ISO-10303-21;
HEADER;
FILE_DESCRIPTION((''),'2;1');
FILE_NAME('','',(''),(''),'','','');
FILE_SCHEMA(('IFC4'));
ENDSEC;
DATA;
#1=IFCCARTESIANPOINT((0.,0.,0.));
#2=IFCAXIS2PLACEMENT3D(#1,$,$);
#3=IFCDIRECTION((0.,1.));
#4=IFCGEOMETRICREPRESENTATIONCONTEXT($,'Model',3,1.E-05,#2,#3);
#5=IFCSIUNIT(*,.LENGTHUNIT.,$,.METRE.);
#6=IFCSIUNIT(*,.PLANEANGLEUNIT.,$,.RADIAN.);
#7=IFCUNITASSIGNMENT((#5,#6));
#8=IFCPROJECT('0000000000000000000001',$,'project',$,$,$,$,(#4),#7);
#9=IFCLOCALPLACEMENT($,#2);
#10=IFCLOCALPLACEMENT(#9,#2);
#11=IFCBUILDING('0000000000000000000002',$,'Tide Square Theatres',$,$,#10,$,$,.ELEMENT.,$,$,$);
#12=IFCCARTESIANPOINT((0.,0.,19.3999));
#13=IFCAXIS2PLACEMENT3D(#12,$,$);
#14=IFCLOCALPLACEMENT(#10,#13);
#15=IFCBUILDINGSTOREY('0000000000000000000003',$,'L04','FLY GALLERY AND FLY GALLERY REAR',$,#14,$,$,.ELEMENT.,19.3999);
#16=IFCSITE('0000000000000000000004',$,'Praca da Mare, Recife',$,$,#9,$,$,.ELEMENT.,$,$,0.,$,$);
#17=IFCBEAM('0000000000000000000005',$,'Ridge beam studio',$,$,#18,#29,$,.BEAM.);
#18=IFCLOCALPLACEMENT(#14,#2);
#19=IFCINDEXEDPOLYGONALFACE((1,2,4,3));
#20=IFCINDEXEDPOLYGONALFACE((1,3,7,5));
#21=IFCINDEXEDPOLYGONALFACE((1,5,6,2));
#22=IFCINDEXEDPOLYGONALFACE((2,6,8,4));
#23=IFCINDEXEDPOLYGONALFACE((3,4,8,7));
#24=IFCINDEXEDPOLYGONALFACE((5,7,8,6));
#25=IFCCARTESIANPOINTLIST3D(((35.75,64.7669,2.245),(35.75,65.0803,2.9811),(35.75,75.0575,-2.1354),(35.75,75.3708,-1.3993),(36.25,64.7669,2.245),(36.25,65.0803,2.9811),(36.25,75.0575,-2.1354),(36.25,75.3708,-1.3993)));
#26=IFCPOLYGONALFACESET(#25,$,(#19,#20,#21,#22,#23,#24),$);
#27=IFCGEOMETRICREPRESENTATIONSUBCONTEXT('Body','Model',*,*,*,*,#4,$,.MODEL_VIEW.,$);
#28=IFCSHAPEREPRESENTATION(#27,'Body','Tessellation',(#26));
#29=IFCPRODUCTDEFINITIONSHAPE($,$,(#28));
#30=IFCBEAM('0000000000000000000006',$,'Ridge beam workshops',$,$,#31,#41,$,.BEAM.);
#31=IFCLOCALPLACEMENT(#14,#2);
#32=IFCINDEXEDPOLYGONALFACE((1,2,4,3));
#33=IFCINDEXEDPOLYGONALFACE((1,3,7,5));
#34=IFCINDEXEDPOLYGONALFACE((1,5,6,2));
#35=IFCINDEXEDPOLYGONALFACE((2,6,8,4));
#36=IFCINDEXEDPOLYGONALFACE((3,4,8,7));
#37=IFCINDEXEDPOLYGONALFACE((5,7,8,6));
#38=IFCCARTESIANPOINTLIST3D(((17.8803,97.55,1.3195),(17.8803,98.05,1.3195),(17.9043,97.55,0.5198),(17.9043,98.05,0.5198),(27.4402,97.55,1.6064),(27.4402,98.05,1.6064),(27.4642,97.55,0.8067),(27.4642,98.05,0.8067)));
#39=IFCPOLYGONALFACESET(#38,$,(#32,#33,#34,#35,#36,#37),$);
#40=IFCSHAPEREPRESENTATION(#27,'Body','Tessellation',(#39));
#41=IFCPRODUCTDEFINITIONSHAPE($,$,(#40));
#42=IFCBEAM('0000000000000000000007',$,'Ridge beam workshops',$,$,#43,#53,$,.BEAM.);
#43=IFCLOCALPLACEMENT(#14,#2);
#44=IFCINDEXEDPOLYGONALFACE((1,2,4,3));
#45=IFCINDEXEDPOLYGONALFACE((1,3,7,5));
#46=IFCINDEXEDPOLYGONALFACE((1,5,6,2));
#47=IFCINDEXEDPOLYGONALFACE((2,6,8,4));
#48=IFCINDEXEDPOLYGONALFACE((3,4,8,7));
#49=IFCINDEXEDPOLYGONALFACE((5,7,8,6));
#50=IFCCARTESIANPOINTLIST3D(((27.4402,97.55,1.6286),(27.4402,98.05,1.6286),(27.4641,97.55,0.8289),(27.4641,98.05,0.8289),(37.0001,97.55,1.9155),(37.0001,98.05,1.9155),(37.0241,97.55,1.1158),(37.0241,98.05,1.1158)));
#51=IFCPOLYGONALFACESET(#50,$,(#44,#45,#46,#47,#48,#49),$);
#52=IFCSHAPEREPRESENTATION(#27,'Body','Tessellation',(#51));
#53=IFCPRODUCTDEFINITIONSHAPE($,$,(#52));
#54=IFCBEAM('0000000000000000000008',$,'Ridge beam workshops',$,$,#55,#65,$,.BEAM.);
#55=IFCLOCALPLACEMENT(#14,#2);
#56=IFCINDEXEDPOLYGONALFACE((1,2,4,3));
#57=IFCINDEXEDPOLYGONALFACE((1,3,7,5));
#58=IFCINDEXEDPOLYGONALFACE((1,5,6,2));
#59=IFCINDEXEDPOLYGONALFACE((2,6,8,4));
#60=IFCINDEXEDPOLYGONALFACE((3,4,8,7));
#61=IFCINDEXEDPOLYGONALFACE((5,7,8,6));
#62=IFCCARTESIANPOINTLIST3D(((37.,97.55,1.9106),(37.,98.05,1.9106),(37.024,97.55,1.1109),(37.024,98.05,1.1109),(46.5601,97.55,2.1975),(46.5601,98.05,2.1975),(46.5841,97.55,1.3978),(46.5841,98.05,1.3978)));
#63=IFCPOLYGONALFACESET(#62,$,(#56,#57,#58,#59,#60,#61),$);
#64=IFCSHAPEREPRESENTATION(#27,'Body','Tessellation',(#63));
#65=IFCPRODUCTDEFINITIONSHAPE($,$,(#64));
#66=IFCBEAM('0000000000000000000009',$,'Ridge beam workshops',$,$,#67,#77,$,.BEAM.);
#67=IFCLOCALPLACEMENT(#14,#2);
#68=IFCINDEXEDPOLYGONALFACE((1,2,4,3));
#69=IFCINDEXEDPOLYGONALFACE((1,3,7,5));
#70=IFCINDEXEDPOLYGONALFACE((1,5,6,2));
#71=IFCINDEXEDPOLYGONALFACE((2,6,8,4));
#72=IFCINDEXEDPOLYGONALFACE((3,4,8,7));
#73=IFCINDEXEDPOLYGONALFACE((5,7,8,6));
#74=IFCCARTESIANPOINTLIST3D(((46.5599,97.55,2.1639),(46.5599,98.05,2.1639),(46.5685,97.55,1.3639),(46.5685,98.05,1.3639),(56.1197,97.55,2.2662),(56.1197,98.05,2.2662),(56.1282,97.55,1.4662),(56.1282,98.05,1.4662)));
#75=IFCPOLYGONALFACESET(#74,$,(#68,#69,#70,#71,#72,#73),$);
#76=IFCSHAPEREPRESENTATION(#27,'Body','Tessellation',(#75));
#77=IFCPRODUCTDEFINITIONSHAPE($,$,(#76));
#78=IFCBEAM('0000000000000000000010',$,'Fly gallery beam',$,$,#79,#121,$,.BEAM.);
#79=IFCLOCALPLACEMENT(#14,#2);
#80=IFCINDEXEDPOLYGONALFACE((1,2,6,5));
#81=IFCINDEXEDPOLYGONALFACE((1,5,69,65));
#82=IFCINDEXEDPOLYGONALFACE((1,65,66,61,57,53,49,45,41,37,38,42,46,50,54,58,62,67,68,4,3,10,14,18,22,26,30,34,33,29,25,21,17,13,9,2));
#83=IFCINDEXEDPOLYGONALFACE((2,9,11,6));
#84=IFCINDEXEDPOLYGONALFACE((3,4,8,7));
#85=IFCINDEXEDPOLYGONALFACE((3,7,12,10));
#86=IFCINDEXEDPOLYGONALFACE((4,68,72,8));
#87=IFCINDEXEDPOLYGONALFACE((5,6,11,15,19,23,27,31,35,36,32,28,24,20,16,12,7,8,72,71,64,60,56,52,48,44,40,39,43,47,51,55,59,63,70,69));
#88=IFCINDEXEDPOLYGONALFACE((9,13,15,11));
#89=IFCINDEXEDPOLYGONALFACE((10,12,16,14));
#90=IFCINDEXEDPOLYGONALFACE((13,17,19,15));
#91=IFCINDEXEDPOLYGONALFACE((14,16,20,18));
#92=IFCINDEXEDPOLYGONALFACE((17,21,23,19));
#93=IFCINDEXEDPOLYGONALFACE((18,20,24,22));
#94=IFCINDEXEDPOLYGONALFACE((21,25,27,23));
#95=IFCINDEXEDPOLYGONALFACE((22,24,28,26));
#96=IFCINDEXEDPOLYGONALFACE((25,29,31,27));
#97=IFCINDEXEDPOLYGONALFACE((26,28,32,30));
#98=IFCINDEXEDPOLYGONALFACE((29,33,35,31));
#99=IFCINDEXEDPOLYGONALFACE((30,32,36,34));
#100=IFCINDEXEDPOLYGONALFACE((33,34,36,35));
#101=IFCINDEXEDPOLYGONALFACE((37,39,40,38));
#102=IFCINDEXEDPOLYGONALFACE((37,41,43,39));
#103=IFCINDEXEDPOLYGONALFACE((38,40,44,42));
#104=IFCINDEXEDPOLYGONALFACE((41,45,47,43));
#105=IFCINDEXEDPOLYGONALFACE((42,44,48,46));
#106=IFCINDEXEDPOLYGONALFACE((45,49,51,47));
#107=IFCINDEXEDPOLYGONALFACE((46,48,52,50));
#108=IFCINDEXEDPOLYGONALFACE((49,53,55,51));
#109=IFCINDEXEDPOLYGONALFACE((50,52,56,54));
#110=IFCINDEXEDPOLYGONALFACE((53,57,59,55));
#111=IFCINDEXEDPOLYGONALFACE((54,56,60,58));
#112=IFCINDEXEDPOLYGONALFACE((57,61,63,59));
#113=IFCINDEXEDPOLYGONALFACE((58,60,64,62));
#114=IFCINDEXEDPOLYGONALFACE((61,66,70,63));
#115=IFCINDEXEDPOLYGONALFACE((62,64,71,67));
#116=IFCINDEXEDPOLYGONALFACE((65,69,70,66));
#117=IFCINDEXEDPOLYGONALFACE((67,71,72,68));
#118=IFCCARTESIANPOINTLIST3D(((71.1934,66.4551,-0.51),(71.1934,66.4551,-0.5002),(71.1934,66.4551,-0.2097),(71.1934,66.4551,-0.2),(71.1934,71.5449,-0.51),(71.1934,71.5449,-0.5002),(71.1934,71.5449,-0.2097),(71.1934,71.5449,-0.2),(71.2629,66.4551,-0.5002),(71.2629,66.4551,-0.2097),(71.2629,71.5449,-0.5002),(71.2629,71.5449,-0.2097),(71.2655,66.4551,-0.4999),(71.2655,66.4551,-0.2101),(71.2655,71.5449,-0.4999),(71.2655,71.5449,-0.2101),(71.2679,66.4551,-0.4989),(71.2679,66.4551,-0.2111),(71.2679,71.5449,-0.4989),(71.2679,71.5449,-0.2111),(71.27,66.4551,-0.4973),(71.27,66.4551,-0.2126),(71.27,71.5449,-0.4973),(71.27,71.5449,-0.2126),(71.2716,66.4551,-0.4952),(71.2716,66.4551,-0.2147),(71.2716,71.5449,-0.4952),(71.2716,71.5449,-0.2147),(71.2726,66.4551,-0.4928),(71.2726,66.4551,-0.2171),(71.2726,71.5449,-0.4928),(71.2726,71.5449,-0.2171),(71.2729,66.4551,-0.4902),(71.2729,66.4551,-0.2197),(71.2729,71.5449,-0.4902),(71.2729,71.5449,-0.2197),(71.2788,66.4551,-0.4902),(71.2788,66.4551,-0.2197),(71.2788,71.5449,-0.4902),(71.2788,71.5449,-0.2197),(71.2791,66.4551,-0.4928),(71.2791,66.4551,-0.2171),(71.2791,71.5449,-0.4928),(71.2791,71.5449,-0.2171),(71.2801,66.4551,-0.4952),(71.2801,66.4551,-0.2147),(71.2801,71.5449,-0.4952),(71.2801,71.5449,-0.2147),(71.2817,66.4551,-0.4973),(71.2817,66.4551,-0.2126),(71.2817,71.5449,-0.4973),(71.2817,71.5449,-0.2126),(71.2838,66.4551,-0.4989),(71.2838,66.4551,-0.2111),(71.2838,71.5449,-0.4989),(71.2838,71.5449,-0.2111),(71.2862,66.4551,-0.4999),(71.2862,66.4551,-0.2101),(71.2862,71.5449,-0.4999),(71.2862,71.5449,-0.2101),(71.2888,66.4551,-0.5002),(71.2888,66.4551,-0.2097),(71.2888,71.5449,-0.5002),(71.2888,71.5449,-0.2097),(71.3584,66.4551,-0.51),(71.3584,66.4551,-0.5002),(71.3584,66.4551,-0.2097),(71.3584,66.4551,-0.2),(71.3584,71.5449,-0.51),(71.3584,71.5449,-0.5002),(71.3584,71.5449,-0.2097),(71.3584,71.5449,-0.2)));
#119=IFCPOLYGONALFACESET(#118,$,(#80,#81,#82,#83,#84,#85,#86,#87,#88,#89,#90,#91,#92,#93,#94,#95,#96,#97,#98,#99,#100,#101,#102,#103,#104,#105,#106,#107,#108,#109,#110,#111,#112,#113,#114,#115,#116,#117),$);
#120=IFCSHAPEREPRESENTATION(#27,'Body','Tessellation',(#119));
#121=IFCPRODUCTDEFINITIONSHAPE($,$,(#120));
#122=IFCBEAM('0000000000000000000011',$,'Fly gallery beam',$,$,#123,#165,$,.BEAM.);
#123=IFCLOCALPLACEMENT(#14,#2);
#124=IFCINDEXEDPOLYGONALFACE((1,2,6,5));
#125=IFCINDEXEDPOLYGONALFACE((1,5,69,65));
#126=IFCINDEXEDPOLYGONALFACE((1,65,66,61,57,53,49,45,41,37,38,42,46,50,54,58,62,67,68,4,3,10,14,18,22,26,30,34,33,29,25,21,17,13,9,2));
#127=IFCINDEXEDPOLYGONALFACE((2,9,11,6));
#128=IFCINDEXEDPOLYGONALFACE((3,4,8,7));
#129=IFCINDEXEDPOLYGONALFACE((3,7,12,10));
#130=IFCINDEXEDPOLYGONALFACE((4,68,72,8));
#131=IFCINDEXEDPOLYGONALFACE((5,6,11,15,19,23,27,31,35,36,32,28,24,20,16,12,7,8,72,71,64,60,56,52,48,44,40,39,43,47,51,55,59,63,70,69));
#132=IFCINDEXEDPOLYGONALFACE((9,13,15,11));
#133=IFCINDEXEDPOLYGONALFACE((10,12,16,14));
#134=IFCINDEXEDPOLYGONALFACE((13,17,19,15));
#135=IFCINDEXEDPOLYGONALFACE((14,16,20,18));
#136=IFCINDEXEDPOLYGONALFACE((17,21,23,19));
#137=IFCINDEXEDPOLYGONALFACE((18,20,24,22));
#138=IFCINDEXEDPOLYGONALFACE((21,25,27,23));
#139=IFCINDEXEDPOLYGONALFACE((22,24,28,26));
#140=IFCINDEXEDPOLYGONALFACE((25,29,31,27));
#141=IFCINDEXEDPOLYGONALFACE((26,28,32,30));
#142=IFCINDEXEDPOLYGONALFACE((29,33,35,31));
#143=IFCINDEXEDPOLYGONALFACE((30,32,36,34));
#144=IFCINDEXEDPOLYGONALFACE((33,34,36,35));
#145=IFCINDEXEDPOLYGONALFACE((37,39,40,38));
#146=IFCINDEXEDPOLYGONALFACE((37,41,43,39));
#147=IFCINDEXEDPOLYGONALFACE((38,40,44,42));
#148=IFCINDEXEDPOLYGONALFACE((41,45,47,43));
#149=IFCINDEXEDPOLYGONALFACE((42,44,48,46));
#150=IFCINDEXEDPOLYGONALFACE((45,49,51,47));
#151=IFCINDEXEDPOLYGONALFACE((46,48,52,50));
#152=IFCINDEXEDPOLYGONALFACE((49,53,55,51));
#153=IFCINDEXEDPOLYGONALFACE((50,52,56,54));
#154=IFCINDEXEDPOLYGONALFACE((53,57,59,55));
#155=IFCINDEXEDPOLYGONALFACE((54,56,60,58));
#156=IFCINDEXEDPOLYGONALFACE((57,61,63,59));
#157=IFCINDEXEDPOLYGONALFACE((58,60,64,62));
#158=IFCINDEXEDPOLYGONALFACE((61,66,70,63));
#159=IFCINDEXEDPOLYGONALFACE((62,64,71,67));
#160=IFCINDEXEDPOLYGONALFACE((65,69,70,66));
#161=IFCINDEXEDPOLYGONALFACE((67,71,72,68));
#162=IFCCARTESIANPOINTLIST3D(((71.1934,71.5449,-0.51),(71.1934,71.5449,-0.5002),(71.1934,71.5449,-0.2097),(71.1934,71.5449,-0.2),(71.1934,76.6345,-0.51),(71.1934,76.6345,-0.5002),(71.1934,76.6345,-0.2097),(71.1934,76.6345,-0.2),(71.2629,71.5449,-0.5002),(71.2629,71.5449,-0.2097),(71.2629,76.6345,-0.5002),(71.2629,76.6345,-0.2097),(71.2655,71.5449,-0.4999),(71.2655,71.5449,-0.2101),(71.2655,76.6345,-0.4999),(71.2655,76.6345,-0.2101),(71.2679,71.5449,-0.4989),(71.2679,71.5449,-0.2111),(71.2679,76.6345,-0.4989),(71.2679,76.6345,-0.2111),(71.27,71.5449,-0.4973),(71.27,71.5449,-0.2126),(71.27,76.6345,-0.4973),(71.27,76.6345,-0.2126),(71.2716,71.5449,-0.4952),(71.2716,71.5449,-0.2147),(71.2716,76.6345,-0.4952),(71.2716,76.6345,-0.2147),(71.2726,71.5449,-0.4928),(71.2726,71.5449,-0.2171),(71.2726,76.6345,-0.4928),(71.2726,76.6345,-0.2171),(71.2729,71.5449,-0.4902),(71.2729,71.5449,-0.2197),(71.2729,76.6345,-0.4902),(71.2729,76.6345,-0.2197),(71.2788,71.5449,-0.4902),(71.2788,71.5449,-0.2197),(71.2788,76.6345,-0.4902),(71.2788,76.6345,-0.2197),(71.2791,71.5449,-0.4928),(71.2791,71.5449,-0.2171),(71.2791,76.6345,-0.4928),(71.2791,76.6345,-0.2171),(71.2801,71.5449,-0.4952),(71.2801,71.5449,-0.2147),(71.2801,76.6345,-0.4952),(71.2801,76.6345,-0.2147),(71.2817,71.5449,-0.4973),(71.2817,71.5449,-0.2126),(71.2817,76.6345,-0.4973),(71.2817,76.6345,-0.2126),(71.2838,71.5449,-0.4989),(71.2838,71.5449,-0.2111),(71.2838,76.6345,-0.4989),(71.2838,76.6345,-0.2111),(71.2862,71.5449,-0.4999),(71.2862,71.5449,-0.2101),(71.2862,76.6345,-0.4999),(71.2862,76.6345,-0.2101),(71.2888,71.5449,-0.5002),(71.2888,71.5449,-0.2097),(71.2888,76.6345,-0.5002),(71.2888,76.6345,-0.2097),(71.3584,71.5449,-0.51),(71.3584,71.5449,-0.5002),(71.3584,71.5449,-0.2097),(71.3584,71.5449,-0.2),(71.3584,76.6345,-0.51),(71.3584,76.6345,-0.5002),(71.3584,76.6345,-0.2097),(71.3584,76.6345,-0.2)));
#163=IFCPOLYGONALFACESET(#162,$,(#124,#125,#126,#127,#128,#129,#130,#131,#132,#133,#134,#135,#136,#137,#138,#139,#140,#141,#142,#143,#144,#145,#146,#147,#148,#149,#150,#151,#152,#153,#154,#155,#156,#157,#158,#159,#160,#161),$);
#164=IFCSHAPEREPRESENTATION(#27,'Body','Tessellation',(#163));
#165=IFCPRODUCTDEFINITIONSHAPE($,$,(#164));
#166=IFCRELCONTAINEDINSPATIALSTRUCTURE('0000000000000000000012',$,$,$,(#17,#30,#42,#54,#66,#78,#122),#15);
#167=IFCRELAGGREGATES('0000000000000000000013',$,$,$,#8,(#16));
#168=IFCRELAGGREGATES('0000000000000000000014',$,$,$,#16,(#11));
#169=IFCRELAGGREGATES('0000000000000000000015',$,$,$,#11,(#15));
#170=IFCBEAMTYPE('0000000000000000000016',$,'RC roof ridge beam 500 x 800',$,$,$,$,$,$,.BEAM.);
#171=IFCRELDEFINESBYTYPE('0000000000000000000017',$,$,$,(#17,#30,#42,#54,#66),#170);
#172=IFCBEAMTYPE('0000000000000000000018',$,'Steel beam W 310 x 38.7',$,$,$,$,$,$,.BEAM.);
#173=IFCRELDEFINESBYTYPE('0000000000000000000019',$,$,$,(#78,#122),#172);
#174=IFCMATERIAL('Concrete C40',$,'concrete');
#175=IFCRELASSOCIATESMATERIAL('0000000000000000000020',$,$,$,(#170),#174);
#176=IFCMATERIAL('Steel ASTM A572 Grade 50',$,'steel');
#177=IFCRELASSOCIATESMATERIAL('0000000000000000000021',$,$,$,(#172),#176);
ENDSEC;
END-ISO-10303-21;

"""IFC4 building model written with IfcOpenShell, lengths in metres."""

from ifc_helpers import new_model, si_unit, direction, frame, origin, origin_2d, place, context, subcontext, project, spatial, rectangle, i_section, extrude, material, material_profile, profile_set, type_object, element, save


model = new_model("IFC4")

# Units and contexts
model_context = context("Model", 3, precision=1e-05, world=origin(), true_north=direction((0.0, 1.0)))
body_context = subcontext(model_context, "Body", "Model", "MODEL_VIEW")
ifc_project = project(units=[si_unit("LENGTHUNIT", "METRE"), si_unit("PLANEANGLEUNIT", "RADIAN")], contexts=[model_context])

# Site, building, storey
site_placement = place(None, origin())
site = spatial("IfcSite", under=ifc_project, at=site_placement, Name="Praca da Mare, Recife", CompositionType="ELEMENT", RefElevation=0.0)
building_placement = place(site_placement, origin())
building = spatial("IfcBuilding", under=site, at=building_placement, Name="Tide Square Theatres", CompositionType="ELEMENT")
storey_placement = place(building_placement, frame((0.0, 0.0, 19.3999)))
storey = spatial("IfcBuildingStorey", under=building, at=storey_placement, Name="L04", Description="FLY GALLERY AND FLY GALLERY REAR", CompositionType="ELEMENT", Elevation=19.3999)

# Beams
ifc_material_1 = material(Name="Concrete C40", Category="concrete")
ifc_material_profile_1 = material_profile(ifc_material_1, rectangle(XDim=0.5, YDim=0.8, at=origin_2d()))
ifc_profile_set_1 = profile_set([ifc_material_profile_1], Name="Concrete C40")
beam_type_1 = type_object("IfcBeamType", Name="RC roof ridge beam 500 x 800", PredefinedType="BEAM", material=ifc_profile_set_1)
beam_1_placement = place(storey_placement, frame((36.0, 64.9236, 2.613), z_axis=(0.0, 0.920109, -0.391663), x_axis=(-1.0, 0.0, 0.0)))
element("IfcBeam", 1, at=beam_1_placement, inside=storey, type_object=beam_type_1, Name="Ridge beam studio", PredefinedType="BEAM", context=body_context, shape_type="SweptSolid", body=[
    extrude(rectangle(XDim=0.5, YDim=0.8, at=origin_2d()), origin(), (0.0, 0.0, 1.0), 11.1841),
])
for number, where, z_axis, x_axis, name in (
    (2, (17.8923, 97.8, 0.9197), (0.99955, 0.0, 0.029994), (0.0, 1.0, 0.0), "Ridge beam workshops"),
    (3, (27.4521, 97.8, 1.2288), (0.99955, 0.0, 0.029994), (0.0, 1.0, 0.0), "Ridge beam workshops"),
):
    element("IfcBeam", number, at=place(storey_placement, frame(where, z_axis=z_axis, x_axis=x_axis)), inside=storey, type_object=beam_type_1, Name=name, PredefinedType="BEAM", context=body_context, shape_type="SweptSolid", body=[
        extrude(rectangle(XDim=0.5, YDim=0.8, at=origin_2d()), origin(), (0.0, 0.0, 1.0), 9.5642),
    ])
beam_2_placement = place(storey_placement, frame((37.012, 97.8, 1.5107), z_axis=(0.99955, 0.0, 0.029993), x_axis=(0.0, 1.0, 0.0)))
element("IfcBeam", 4, at=beam_2_placement, inside=storey, type_object=beam_type_1, Name="Ridge beam workshops", PredefinedType="BEAM", context=body_context, shape_type="SweptSolid", body=[
    extrude(rectangle(XDim=0.5, YDim=0.8, at=origin_2d()), origin(), (0.0, 0.0, 1.0), 9.5645),
])
beam_3_placement = place(storey_placement, frame((46.5642, 97.8, 1.7639), z_axis=(0.999943, 0.0, 0.0107), x_axis=(0.0, 1.0, 0.0)))
element("IfcBeam", 5, at=beam_3_placement, inside=storey, type_object=beam_type_1, Name="Ridge beam workshops", PredefinedType="BEAM", context=body_context, shape_type="SweptSolid", body=[
    extrude(rectangle(XDim=0.5, YDim=0.8, at=origin_2d()), origin(), (0.0, 0.0, 1.0), 9.5603),
])
ifc_material_2 = material(Name="Steel ASTM A572 Grade 50", Category="steel")
ifc_material_profile_2 = material_profile(ifc_material_2, i_section(OverallWidth=0.165, OverallDepth=0.3101, WebThickness=0.0059, FlangeThickness=0.0098, FilletRadius=0.01, at=origin_2d()))
ifc_profile_set_2 = profile_set([ifc_material_profile_2], Name="Steel ASTM A572 Grade 50")
beam_type_2 = type_object("IfcBeamType", Name="Steel beam W 310 x 38.7", PredefinedType="BEAM", material=ifc_profile_set_2)
beam_4_placement = place(storey_placement, frame((71.2759, 66.4551, -0.355), z_axis=(0.0, 1.0, 0.0), x_axis=(-1.0, 0.0, 0.0)))
element("IfcBeam", 6, at=beam_4_placement, inside=storey, type_object=beam_type_2, Name="Fly gallery beam", PredefinedType="BEAM", context=body_context, shape_type="SweptSolid", body=[
    extrude(i_section(OverallWidth=0.165, OverallDepth=0.3101, WebThickness=0.0059, FlangeThickness=0.0098, FilletRadius=0.01, at=origin_2d()), origin(), (0.0, 0.0, 1.0), 5.0898),
])
for number, where, z_axis, x_axis, name in (
    (7, (71.2759, 71.5449, -0.355), (0.0, 1.0, 0.0), (-1.0, 0.0, 0.0), "Fly gallery beam"),
):
    element("IfcBeam", number, at=place(storey_placement, frame(where, z_axis=z_axis, x_axis=x_axis)), inside=storey, type_object=beam_type_2, Name=name, PredefinedType="BEAM", context=body_context, shape_type="SweptSolid", body=[
        extrude(i_section(OverallWidth=0.165, OverallDepth=0.3101, WebThickness=0.0059, FlangeThickness=0.0098, FilletRadius=0.01, at=origin_2d()), origin(), (0.0, 0.0, 1.0), 5.0896),
    ])

save(model, "model.ifc")
